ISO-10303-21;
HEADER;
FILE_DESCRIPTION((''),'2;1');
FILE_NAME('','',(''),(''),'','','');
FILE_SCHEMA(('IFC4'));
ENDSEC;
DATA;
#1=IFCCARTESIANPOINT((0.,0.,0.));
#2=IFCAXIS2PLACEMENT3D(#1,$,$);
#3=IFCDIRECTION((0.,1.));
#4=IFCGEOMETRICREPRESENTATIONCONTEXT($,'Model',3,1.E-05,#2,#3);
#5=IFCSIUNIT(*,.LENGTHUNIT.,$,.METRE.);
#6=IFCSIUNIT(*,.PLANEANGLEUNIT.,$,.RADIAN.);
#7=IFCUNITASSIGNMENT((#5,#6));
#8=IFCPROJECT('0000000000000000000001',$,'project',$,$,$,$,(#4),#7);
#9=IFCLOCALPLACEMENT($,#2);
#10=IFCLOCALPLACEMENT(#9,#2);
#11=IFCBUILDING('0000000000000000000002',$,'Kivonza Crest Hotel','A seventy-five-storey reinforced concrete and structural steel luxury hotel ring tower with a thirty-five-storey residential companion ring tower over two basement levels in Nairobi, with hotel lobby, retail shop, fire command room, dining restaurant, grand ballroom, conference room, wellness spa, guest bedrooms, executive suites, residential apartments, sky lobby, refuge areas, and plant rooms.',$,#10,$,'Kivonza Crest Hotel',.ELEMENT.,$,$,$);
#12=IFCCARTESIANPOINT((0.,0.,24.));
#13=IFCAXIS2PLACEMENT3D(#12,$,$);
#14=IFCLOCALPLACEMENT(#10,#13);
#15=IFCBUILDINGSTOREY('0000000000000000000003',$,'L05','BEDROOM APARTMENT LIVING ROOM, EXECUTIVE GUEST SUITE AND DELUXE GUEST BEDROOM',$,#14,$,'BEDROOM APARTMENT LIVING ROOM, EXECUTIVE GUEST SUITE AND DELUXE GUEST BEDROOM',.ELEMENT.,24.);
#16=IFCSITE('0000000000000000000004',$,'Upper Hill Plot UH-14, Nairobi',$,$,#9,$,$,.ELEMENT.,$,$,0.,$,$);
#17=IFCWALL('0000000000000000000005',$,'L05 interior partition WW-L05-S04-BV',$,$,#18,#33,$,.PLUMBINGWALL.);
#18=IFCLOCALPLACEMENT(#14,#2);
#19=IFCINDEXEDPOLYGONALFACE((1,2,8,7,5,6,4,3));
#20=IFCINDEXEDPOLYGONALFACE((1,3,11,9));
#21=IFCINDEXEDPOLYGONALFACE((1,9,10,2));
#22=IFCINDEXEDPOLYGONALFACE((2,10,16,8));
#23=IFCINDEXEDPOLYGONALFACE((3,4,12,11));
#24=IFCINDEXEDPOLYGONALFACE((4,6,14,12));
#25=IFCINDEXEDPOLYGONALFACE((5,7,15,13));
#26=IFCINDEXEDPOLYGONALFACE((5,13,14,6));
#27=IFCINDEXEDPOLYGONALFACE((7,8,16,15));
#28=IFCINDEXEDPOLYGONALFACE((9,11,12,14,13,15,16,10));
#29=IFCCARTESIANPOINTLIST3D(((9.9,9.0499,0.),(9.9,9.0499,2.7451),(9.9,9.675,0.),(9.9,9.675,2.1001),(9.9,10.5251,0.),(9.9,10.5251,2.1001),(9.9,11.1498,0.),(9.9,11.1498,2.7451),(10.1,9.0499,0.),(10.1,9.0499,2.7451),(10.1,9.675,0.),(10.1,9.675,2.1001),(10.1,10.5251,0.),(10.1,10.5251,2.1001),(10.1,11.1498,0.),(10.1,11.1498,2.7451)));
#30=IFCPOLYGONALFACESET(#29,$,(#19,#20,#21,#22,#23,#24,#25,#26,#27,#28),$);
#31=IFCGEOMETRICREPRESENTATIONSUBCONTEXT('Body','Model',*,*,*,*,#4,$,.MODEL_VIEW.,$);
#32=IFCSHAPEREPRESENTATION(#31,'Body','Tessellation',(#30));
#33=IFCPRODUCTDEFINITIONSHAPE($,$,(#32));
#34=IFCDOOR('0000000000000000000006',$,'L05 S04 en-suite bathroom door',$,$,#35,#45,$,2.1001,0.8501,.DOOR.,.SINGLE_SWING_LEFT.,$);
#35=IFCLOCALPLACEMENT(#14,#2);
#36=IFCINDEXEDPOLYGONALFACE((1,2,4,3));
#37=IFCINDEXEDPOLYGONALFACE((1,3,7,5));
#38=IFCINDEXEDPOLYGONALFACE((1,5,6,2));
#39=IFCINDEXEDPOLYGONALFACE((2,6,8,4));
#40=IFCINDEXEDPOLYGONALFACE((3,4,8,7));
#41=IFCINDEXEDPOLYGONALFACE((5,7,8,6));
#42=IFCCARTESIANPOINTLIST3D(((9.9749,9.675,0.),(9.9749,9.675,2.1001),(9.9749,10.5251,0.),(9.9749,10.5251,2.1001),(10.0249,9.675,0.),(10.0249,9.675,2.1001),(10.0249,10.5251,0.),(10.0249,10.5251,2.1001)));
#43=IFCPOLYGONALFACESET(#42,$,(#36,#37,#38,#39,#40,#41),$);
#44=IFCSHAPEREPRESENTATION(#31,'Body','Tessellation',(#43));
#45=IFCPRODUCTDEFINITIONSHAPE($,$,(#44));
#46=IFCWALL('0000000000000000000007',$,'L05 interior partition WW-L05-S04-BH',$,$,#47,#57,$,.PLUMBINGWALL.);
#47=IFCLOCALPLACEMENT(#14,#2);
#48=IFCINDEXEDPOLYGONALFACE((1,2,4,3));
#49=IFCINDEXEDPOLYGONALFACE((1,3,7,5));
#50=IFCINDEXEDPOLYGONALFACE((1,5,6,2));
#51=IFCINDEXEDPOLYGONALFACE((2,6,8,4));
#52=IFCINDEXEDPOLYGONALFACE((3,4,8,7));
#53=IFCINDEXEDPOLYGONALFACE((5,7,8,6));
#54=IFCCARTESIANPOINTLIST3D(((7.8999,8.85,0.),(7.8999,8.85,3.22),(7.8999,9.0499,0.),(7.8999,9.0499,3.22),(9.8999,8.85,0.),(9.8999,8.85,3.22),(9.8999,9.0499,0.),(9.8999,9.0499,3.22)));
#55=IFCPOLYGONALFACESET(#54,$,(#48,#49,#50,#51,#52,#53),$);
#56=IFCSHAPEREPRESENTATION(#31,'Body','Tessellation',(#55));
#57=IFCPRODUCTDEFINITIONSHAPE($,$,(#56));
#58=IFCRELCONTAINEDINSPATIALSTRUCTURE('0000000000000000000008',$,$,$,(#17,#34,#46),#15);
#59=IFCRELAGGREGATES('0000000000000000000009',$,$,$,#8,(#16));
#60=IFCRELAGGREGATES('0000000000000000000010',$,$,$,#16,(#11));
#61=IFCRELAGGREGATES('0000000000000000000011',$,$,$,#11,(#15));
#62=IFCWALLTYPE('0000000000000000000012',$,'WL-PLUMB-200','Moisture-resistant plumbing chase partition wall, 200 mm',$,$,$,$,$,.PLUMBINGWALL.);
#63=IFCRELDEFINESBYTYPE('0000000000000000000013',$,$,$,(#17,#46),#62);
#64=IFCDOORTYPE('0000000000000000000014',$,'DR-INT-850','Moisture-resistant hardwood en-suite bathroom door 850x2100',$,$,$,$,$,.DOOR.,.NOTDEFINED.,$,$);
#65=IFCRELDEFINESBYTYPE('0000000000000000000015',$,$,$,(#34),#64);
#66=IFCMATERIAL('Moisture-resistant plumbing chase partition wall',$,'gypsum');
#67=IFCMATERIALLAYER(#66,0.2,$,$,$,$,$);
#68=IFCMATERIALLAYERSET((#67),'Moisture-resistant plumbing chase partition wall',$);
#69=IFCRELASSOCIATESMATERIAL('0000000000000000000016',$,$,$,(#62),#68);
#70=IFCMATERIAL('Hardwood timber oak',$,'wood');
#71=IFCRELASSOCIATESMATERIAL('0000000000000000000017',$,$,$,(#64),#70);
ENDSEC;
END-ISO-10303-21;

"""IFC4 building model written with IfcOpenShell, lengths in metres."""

from ifc_helpers import new_model, si_unit, direction, frame, frame_2d, origin, place, context, subcontext, project, spatial, rectangle, extrude, material, layer, layer_set, type_object, element, fill, save


model = new_model("IFC4")

# Units and contexts
model_context = context("Model", 3, precision=1e-05, world=origin(), true_north=direction((0.0, 1.0)))
body_context = subcontext(model_context, "Body", "Model", "MODEL_VIEW")
ifc_project = project(units=[si_unit("LENGTHUNIT", "METRE"), si_unit("PLANEANGLEUNIT", "RADIAN")], contexts=[model_context])

# Site, building, storey
site_placement = place(None, origin())
site = spatial("IfcSite", under=ifc_project, at=site_placement, Name="Upper Hill Plot UH-14, Nairobi", CompositionType="ELEMENT", RefElevation=0.0)
building_placement = place(site_placement, origin())
building = spatial("IfcBuilding", under=site, at=building_placement, Name="Kivonza Crest Hotel", Description="A seventy-five-storey reinforced concrete and structural steel luxury hotel ring tower with a thirty-five-storey residential companion ring tower over two basement levels in Nairobi, with hotel lobby, retail shop, fire command room, dining restaurant, grand ballroom, conference room, wellness spa, guest bedrooms, executive suites, residential apartments, sky lobby, refuge areas, and plant rooms.", LongName="Kivonza Crest Hotel", CompositionType="ELEMENT")
storey_placement = place(building_placement, frame((0.0, 0.0, 24.0)))
storey = spatial("IfcBuildingStorey", under=building, at=storey_placement, Name="L05", Description="BEDROOM APARTMENT LIVING ROOM, EXECUTIVE GUEST SUITE AND DELUXE GUEST BEDROOM", LongName="BEDROOM APARTMENT LIVING ROOM, EXECUTIVE GUEST SUITE AND DELUXE GUEST BEDROOM", CompositionType="ELEMENT", Elevation=24.0)

# Shared definitions
ifc_material_1 = material(Name="Hardwood timber oak", Category="wood")

# Shared definitions
ifc_material_2 = material(Name="Moisture-resistant plumbing chase partition wall", Category="gypsum")
ifc_layer_1 = layer(ifc_material_2, 0.2)
ifc_layer_set_1 = layer_set([ifc_layer_1], Name="Moisture-resistant plumbing chase partition wall")
wall_type_1 = type_object("IfcWallType", Name="WL-PLUMB-200", Description="Moisture-resistant plumbing chase partition wall, 200 mm", PredefinedType="PLUMBINGWALL", material=ifc_layer_set_1)
door_type_1 = type_object("IfcDoorType", Name="DR-INT-850", Description="Moisture-resistant hardwood en-suite bathroom door 850x2100", OperationType="NOTDEFINED", PredefinedType="DOOR", material=ifc_material_1)

# Wall, opening, door
wall_1_placement = place(storey_placement, frame((10.0, 9.05, 0.0), z_axis=(0.0, 0.0, 1.0), x_axis=(0.0, 1.0, 0.0)))
wall_1 = element("IfcWall", 1, at=wall_1_placement, inside=storey, type_object=wall_type_1, Name="L05 interior partition WW-L05-S04-BV", PredefinedType="PLUMBINGWALL", context=body_context, shape_type="SweptSolid", body=[
    extrude(rectangle(XDim=2.0999, YDim=0.2, at=frame_2d((1.0498, 0.0))), origin(), (0.0, 0.0, 1.0), 2.7451),
])
opening_1_placement = place(wall_1_placement, frame((0.625, 0.0, 0.0)))
opening_1 = element("IfcOpeningElement", 2, at=opening_1_placement, cuts=wall_1, PredefinedType="OPENING", context=body_context, shape_type="SweptSolid", body=[
    extrude(rectangle(XDim=0.8501, YDim=2.1001, at=frame_2d((0.425, 1.05))), frame((0.0, 0.1099, 0.0), z_axis=(0.0, -1.0, 0.0), x_axis=(1.0, 0.0, 0.0)), (0.0, 0.0, 1.0), 0.22),
])
door_1_placement = place(opening_1_placement, frame((0.8501, 0.0, 0.0), z_axis=(0.0, 0.0, 1.0), x_axis=(-1.0, 0.0, 0.0)))
door_1 = element("IfcDoor", 3, at=door_1_placement, inside=storey, type_object=door_type_1, Name="L05 S04 en-suite bathroom door", OperationType="SINGLE_SWING_LEFT", OverallHeight=2.1001, OverallWidth=0.8501, PredefinedType="DOOR", context=body_context, shape_type="SweptSolid", body=[
    extrude(rectangle(XDim=0.8501, YDim=2.1001, at=frame_2d((0.425, 1.05))), frame((0.0, 0.0249, 0.0), z_axis=(0.0, -1.0, 0.0), x_axis=(1.0, 0.0, 0.0)), (0.0, 0.0, 1.0), 0.05),
])
fill(opening_1, door_1)

# Wall
wall_2_placement = place(storey_placement, frame((7.8999, 8.95, 0.0), z_axis=(0.0, 0.0, 1.0), x_axis=(1.0, 0.0, 0.0)))
element("IfcWall", 4, at=wall_2_placement, inside=storey, type_object=wall_type_1, Name="L05 interior partition WW-L05-S04-BH", PredefinedType="PLUMBINGWALL", context=body_context, shape_type="SweptSolid", body=[
    extrude(rectangle(XDim=2.0, YDim=0.2, at=frame_2d((1.0, 0.0))), origin(), (0.0, 0.0, 1.0), 3.22),
])

save(model, "model.ifc")
